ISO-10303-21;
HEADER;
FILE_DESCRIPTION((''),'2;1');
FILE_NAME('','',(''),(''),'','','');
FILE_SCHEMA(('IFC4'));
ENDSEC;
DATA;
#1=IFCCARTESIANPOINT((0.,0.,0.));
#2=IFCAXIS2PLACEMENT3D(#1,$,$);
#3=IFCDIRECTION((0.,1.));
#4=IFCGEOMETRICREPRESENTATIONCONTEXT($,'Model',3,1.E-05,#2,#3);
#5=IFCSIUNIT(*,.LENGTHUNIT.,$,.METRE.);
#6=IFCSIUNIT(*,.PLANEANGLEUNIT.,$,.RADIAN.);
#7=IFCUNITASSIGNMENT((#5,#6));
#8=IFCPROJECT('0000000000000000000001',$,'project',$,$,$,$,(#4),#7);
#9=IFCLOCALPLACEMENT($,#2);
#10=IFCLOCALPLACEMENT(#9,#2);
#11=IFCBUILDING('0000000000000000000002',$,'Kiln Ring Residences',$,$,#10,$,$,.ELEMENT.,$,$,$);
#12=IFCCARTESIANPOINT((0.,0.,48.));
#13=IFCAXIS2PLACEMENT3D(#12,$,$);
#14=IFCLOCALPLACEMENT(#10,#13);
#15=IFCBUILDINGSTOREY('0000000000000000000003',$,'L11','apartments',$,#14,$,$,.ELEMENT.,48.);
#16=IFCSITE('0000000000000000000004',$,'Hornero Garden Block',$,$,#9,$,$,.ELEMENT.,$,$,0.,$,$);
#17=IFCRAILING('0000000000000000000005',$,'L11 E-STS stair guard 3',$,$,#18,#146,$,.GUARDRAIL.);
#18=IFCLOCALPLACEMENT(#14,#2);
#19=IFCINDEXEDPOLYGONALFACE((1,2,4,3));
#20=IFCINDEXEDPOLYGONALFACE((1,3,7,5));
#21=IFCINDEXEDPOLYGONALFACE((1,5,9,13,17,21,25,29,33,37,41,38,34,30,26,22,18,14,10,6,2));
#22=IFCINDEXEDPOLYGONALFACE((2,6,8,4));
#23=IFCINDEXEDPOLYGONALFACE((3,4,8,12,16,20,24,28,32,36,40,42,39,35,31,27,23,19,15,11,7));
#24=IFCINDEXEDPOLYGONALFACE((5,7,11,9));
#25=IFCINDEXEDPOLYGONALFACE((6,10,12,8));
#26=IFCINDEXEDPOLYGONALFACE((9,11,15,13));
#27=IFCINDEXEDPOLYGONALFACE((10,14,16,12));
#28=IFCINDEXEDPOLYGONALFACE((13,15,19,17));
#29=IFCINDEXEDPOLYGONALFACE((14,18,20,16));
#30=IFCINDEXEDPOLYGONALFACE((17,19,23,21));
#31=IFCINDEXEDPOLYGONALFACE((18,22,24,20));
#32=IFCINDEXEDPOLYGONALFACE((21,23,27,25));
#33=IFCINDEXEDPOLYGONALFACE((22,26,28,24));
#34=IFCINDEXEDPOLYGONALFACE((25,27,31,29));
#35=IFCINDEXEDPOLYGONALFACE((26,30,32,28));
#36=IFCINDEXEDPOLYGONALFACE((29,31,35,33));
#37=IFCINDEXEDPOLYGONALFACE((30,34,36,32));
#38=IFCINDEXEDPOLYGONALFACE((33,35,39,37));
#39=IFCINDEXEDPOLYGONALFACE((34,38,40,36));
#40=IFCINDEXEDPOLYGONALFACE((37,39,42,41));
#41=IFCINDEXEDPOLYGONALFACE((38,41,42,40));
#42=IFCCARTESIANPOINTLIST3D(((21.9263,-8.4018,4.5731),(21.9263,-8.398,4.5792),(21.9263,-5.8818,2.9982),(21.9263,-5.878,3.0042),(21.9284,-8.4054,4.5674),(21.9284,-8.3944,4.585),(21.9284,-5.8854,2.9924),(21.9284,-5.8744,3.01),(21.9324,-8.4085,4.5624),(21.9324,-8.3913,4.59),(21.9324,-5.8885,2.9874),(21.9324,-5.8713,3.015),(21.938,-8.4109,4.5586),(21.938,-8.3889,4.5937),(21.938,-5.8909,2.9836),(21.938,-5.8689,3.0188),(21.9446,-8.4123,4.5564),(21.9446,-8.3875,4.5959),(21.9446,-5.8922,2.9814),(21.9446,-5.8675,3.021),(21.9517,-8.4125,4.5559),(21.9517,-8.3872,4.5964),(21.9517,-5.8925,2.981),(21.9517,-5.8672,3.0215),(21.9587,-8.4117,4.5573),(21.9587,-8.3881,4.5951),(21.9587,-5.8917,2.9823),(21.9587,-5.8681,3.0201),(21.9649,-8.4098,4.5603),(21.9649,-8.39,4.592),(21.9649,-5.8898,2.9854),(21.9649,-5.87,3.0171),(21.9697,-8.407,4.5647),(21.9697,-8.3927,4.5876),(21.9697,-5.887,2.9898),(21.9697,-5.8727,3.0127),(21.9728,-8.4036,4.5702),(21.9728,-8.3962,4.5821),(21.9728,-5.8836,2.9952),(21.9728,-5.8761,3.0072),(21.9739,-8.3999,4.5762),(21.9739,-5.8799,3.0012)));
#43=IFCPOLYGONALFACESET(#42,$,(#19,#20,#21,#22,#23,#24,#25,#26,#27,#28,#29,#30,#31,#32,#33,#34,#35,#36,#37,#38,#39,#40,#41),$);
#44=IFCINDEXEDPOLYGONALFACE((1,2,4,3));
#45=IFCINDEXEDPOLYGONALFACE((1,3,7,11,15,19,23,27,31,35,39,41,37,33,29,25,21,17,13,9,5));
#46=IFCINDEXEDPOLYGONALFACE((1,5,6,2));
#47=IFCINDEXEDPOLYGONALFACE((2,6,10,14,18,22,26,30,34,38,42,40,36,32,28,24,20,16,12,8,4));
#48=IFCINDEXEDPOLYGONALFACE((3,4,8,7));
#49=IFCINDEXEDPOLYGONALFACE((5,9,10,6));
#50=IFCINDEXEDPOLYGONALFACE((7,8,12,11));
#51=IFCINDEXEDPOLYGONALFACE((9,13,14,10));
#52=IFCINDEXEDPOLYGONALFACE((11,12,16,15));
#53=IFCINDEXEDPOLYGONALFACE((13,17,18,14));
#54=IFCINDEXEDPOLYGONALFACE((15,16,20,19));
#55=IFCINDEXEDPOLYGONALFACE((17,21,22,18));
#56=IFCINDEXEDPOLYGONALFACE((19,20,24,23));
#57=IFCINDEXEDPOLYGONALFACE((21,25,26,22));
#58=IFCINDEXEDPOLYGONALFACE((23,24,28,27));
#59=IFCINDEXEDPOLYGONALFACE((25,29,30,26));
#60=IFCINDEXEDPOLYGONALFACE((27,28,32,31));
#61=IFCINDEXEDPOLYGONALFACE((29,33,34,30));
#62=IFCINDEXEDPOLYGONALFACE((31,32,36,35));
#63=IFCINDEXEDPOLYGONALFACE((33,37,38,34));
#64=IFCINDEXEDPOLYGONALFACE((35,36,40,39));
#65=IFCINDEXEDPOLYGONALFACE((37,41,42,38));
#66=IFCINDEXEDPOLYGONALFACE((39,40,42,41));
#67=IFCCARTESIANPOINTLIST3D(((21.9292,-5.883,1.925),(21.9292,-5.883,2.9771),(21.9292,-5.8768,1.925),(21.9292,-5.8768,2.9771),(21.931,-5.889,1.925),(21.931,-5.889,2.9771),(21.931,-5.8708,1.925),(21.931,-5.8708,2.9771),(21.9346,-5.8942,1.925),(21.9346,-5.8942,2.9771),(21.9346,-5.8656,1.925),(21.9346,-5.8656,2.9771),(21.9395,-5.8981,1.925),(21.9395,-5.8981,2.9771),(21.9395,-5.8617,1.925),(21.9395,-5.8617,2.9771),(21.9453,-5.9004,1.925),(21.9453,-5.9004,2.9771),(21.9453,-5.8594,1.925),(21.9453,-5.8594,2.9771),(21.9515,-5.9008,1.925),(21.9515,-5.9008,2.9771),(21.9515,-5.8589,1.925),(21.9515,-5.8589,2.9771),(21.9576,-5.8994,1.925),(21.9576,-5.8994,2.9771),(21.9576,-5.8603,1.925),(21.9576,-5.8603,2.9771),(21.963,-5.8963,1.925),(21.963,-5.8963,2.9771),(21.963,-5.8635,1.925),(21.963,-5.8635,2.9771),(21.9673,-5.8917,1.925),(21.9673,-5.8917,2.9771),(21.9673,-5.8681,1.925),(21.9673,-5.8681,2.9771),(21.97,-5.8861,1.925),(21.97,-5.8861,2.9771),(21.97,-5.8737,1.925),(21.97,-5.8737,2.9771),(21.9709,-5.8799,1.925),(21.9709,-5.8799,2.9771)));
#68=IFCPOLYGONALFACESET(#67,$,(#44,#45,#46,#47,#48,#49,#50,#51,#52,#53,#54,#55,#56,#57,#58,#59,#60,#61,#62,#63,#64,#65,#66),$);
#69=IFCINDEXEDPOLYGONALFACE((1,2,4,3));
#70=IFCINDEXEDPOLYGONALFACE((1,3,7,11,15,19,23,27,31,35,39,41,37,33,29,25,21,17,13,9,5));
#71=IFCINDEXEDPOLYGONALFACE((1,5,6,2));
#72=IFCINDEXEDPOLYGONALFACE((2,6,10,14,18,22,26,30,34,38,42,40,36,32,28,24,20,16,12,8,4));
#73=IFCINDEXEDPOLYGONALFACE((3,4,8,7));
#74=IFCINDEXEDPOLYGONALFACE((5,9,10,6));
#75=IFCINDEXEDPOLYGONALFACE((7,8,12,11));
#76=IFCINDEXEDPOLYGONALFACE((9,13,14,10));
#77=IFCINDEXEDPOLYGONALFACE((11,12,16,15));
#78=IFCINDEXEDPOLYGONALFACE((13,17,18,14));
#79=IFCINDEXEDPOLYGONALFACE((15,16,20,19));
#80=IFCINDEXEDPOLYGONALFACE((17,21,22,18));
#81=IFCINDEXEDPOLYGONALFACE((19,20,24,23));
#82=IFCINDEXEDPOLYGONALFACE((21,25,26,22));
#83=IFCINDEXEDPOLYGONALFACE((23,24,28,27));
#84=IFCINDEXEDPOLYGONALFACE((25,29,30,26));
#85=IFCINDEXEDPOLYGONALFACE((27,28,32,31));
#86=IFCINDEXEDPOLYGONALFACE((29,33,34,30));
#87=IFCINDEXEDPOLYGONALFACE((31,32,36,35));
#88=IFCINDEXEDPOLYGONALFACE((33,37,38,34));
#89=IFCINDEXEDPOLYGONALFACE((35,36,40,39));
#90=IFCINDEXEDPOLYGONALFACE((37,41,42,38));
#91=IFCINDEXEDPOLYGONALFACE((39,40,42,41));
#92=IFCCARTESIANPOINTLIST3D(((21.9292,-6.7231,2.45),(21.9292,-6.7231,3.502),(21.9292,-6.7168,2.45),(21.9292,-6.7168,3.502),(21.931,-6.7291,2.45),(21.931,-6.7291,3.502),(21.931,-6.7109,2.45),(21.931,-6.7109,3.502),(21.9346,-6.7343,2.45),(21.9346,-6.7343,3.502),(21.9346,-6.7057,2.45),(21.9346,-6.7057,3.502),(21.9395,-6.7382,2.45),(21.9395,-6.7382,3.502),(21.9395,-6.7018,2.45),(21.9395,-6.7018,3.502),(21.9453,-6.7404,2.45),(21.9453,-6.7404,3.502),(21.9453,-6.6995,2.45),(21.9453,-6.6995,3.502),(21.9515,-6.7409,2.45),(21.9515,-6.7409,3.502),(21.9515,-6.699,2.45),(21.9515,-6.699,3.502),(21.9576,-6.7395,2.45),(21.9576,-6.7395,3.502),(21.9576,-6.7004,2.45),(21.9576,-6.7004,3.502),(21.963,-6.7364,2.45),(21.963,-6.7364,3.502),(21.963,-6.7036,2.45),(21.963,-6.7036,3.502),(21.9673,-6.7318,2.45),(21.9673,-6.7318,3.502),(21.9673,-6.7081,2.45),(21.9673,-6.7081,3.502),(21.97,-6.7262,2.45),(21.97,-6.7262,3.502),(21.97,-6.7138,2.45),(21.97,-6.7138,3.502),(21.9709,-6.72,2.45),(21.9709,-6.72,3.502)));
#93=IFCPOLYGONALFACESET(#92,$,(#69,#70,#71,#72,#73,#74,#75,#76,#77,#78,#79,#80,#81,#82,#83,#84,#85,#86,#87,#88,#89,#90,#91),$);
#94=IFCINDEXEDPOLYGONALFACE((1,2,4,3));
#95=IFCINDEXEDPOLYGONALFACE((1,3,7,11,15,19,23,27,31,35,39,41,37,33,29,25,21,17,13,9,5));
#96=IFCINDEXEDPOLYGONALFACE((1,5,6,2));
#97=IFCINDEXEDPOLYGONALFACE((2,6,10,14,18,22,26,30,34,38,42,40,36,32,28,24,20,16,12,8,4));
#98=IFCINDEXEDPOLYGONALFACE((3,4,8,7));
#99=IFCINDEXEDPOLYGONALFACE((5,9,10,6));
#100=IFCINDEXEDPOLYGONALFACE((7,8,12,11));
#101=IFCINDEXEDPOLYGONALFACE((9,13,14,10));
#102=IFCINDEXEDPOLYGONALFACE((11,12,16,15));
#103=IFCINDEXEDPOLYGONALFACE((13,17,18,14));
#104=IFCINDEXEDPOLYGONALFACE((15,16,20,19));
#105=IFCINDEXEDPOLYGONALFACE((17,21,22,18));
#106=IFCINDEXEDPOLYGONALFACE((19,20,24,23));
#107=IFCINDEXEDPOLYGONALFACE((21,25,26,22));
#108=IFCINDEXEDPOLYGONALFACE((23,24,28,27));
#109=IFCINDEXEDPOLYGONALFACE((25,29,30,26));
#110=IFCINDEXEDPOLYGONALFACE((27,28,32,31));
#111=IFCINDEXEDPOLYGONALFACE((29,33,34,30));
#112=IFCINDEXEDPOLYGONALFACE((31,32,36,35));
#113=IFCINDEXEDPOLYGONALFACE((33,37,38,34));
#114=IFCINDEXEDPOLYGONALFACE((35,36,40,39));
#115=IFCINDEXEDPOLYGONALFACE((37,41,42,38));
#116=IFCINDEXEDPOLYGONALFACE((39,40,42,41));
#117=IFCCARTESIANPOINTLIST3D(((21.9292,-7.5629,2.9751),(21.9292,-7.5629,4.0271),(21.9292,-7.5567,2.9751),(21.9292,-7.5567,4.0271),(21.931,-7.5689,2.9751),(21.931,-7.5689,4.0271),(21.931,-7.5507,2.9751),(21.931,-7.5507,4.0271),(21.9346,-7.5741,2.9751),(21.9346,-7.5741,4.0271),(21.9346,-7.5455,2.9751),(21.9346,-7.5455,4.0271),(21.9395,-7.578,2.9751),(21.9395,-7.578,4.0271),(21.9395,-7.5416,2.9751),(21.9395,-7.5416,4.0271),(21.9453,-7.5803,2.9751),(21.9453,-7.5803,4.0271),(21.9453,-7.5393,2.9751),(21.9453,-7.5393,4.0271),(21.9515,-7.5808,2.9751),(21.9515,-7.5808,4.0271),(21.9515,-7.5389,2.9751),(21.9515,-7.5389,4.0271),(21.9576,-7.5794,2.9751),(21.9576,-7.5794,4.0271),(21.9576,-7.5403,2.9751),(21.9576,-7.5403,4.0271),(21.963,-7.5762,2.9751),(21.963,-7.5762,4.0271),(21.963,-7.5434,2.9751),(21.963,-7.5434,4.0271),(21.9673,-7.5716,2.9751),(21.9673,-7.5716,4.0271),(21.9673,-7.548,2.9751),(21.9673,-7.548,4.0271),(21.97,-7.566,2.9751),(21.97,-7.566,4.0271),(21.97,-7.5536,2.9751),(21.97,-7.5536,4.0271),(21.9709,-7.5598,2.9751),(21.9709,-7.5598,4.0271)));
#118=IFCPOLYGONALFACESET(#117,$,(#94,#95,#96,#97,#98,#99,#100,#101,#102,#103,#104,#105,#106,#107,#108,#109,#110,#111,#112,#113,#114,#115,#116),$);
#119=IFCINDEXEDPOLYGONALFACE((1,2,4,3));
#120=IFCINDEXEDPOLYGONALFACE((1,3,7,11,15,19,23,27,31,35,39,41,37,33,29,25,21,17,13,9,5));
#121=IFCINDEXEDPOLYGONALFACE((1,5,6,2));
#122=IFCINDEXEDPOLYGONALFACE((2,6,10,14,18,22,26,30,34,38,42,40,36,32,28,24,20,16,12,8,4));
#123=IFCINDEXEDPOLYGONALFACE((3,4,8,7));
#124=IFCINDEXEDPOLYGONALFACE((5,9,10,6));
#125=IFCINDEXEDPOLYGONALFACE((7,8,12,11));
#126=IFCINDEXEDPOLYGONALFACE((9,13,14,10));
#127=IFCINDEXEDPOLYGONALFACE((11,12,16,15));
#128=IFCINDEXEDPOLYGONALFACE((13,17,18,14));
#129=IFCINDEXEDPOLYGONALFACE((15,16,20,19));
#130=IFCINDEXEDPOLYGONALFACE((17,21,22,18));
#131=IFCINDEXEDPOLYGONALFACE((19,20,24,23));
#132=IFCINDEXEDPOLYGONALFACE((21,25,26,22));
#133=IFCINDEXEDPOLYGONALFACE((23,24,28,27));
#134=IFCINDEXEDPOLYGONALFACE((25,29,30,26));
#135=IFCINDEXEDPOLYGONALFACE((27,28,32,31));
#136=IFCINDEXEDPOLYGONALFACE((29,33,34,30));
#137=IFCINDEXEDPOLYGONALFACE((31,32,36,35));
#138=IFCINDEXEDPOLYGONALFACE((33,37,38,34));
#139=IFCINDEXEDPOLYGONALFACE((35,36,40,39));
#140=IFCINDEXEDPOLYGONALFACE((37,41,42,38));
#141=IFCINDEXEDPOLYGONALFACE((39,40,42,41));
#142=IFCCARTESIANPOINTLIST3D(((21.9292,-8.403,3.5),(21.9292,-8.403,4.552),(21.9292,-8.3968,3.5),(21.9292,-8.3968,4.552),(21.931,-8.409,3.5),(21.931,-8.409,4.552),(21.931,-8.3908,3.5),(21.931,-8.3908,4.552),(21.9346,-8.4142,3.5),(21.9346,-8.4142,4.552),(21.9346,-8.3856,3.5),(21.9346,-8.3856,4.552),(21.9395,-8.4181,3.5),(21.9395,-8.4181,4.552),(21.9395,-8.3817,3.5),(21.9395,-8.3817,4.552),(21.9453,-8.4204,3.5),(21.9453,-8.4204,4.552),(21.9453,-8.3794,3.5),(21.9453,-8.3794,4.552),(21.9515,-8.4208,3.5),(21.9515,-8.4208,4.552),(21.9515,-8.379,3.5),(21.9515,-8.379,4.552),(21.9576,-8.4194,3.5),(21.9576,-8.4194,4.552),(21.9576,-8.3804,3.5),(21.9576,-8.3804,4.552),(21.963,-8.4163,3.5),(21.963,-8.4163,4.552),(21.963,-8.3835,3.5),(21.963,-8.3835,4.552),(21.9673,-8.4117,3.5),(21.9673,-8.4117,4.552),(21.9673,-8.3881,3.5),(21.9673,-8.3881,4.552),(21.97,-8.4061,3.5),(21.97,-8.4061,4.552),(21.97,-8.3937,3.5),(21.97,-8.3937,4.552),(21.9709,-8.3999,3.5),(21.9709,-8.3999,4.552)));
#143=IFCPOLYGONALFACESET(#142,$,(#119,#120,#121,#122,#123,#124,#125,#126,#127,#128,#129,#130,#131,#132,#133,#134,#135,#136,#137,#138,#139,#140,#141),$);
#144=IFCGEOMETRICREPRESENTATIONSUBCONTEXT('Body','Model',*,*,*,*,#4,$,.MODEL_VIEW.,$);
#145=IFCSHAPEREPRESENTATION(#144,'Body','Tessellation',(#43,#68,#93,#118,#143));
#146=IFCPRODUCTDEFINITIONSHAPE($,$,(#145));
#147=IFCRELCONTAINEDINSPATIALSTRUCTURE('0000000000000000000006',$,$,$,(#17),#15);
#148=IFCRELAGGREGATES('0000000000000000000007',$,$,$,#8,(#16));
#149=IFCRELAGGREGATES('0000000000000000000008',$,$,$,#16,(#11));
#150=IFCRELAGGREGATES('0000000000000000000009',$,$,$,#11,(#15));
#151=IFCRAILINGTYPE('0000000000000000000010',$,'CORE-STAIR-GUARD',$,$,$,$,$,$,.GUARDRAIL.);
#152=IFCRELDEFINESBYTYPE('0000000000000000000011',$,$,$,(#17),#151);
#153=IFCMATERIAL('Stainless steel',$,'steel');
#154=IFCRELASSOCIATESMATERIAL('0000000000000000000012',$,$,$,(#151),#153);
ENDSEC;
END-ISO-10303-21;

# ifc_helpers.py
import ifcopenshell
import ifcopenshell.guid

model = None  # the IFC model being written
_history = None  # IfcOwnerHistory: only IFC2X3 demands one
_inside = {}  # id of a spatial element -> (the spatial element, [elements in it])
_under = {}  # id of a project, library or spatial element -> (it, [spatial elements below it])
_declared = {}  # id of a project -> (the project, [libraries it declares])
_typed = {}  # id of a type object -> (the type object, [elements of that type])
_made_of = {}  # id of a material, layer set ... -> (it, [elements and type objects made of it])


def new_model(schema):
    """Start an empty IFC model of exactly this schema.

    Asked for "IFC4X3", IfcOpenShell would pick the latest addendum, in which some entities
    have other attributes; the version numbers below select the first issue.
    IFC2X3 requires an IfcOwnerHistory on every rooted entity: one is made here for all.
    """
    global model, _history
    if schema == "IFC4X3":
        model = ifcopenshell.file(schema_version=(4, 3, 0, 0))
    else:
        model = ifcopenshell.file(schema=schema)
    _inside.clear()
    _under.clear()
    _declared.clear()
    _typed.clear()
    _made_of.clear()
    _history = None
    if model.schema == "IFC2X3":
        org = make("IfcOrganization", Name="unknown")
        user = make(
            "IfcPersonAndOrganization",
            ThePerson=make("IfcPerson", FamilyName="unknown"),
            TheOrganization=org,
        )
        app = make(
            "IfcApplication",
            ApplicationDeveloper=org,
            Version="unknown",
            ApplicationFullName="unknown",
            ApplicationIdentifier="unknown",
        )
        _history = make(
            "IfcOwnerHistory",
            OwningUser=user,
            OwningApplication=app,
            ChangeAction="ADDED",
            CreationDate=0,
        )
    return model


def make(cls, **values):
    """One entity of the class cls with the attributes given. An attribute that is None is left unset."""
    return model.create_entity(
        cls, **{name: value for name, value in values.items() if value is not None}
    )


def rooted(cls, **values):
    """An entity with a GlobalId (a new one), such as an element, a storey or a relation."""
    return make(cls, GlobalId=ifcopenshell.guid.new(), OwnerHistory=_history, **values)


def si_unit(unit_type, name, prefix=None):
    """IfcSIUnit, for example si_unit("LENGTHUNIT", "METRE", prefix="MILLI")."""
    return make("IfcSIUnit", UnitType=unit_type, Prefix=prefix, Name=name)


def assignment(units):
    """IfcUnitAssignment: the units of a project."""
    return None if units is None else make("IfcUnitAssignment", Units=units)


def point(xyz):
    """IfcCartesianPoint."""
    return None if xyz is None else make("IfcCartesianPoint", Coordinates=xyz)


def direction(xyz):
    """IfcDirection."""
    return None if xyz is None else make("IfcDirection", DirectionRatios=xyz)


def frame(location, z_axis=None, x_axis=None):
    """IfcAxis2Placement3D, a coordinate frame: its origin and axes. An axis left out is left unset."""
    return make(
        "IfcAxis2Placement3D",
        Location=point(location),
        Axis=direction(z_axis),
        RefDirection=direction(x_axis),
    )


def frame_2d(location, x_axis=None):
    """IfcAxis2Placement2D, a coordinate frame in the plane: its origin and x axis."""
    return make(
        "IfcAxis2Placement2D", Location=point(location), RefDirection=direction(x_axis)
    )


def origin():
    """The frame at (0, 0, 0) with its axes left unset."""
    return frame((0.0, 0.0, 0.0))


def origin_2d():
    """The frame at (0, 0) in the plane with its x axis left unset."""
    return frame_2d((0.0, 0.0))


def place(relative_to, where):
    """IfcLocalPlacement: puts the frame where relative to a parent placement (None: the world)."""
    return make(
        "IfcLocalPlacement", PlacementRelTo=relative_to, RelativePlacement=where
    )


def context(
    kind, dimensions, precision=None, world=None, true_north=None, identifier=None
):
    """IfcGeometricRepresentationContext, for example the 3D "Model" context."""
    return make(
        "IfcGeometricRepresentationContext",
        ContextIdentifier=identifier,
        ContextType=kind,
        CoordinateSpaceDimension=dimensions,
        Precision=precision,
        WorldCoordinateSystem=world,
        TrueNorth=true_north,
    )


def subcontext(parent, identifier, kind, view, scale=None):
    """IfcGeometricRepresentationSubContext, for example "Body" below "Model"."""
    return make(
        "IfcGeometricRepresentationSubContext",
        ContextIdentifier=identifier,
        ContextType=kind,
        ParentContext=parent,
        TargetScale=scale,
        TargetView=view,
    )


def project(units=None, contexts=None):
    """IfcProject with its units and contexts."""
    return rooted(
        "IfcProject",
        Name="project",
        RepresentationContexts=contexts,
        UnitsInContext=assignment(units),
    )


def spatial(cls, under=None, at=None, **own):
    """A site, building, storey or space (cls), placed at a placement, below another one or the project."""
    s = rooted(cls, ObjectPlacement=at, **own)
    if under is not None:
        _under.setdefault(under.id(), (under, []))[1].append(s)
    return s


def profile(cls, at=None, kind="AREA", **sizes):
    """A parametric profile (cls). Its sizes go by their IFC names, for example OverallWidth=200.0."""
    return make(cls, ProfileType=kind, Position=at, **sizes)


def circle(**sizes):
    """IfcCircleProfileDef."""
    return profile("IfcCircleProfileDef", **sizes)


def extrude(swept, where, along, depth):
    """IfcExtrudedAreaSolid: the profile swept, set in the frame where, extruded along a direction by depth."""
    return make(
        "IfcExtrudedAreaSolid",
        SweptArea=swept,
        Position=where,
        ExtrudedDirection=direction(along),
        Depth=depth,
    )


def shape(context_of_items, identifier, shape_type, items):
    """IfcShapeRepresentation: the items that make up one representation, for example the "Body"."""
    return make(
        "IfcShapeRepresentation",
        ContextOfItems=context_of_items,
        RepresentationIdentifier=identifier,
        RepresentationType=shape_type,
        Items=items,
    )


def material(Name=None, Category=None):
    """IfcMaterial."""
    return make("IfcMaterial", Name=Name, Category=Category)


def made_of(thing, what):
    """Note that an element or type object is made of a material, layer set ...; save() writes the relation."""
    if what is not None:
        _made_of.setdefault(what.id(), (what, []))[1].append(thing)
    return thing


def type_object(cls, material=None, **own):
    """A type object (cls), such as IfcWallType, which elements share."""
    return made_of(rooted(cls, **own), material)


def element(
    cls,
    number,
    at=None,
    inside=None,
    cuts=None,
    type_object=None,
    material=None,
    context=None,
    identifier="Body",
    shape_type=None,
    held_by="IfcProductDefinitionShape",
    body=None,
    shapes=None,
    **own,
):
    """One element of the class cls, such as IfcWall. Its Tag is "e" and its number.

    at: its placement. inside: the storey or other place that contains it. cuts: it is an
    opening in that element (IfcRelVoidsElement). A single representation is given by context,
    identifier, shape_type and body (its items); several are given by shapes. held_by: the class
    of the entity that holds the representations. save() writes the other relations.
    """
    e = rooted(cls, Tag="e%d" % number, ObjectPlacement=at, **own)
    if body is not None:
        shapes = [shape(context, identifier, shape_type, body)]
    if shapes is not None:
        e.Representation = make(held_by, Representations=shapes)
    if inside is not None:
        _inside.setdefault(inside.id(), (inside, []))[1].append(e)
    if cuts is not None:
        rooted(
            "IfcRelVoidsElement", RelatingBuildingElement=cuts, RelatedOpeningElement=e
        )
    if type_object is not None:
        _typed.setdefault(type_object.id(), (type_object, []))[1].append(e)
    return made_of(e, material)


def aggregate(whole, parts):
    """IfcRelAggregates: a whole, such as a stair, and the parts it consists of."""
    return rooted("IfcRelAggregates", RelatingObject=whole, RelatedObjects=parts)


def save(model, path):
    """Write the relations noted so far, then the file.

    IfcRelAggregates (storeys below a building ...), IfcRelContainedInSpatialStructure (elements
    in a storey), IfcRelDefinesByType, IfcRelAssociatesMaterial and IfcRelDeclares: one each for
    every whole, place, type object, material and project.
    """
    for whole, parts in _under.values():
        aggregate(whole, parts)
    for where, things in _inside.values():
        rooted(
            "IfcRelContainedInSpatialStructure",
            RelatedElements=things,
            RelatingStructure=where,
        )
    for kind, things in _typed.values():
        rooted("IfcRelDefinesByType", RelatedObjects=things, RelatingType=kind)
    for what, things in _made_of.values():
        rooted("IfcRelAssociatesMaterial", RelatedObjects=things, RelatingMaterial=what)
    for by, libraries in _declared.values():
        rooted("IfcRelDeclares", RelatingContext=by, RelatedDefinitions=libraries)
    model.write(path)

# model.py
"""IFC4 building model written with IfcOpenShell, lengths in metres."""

from ifc_helpers import new_model, si_unit, direction, frame, origin, origin_2d, place, context, subcontext, project, spatial, circle, extrude, material, type_object, element, save


model = new_model("IFC4")

# Units and contexts
model_context = context("Model", 3, precision=1e-05, world=origin(), true_north=direction((0.0, 1.0)))
body_context = subcontext(model_context, "Body", "Model", "MODEL_VIEW")
ifc_project = project(units=[si_unit("LENGTHUNIT", "METRE"), si_unit("PLANEANGLEUNIT", "RADIAN")], contexts=[model_context])

# Site, building, storey
site_placement = place(None, origin())
site = spatial("IfcSite", under=ifc_project, at=site_placement, Name="Hornero Garden Block", CompositionType="ELEMENT", RefElevation=0.0)
building_placement = place(site_placement, origin())
building = spatial("IfcBuilding", under=site, at=building_placement, Name="Kiln Ring Residences", CompositionType="ELEMENT")
storey_placement = place(building_placement, frame((0.0, 0.0, 48.0)))
storey = spatial("IfcBuildingStorey", under=building, at=storey_placement, Name="L11", Description="apartments", CompositionType="ELEMENT", Elevation=48.0)

# Railing
ifc_material_1 = material(Name="Stainless steel", Category="steel")
railing_type_1 = type_object("IfcRailingType", Name="CORE-STAIR-GUARD", PredefinedType="GUARDRAIL", material=ifc_material_1)
railing_1_placement = place(storey_placement, frame((21.95, -5.8799, 1.925)))
element("IfcRailing", 1, at=railing_1_placement, inside=storey, type_object=railing_type_1, Name="L11 E-STS stair guard 3", PredefinedType="GUARDRAIL", context=body_context, shape_type="SweptSolid", body=[
    extrude(circle(Radius=0.0239, at=origin_2d()), frame((0.0, 0.0, 1.0762), z_axis=(0.0, -0.848008, 0.529984), x_axis=(1.0, 0.0, 0.0)), (0.0, 0.0, 1.0), 2.9717),
    extrude(circle(Radius=0.021, at=origin_2d()), origin(), (0.0, 0.0, 1.0), 1.052),
    extrude(circle(Radius=0.021, at=origin_2d()), frame((0.0, -0.8401, 0.5249)), (0.0, 0.0, 1.0), 1.052),
    extrude(circle(Radius=0.021, at=origin_2d()), frame((0.0, -1.6799, 1.05)), (0.0, 0.0, 1.0), 1.052),
    extrude(circle(Radius=0.021, at=origin_2d()), frame((0.0, -2.52, 1.575)), (0.0, 0.0, 1.0), 1.052),
])

save(model, "model.ifc")
